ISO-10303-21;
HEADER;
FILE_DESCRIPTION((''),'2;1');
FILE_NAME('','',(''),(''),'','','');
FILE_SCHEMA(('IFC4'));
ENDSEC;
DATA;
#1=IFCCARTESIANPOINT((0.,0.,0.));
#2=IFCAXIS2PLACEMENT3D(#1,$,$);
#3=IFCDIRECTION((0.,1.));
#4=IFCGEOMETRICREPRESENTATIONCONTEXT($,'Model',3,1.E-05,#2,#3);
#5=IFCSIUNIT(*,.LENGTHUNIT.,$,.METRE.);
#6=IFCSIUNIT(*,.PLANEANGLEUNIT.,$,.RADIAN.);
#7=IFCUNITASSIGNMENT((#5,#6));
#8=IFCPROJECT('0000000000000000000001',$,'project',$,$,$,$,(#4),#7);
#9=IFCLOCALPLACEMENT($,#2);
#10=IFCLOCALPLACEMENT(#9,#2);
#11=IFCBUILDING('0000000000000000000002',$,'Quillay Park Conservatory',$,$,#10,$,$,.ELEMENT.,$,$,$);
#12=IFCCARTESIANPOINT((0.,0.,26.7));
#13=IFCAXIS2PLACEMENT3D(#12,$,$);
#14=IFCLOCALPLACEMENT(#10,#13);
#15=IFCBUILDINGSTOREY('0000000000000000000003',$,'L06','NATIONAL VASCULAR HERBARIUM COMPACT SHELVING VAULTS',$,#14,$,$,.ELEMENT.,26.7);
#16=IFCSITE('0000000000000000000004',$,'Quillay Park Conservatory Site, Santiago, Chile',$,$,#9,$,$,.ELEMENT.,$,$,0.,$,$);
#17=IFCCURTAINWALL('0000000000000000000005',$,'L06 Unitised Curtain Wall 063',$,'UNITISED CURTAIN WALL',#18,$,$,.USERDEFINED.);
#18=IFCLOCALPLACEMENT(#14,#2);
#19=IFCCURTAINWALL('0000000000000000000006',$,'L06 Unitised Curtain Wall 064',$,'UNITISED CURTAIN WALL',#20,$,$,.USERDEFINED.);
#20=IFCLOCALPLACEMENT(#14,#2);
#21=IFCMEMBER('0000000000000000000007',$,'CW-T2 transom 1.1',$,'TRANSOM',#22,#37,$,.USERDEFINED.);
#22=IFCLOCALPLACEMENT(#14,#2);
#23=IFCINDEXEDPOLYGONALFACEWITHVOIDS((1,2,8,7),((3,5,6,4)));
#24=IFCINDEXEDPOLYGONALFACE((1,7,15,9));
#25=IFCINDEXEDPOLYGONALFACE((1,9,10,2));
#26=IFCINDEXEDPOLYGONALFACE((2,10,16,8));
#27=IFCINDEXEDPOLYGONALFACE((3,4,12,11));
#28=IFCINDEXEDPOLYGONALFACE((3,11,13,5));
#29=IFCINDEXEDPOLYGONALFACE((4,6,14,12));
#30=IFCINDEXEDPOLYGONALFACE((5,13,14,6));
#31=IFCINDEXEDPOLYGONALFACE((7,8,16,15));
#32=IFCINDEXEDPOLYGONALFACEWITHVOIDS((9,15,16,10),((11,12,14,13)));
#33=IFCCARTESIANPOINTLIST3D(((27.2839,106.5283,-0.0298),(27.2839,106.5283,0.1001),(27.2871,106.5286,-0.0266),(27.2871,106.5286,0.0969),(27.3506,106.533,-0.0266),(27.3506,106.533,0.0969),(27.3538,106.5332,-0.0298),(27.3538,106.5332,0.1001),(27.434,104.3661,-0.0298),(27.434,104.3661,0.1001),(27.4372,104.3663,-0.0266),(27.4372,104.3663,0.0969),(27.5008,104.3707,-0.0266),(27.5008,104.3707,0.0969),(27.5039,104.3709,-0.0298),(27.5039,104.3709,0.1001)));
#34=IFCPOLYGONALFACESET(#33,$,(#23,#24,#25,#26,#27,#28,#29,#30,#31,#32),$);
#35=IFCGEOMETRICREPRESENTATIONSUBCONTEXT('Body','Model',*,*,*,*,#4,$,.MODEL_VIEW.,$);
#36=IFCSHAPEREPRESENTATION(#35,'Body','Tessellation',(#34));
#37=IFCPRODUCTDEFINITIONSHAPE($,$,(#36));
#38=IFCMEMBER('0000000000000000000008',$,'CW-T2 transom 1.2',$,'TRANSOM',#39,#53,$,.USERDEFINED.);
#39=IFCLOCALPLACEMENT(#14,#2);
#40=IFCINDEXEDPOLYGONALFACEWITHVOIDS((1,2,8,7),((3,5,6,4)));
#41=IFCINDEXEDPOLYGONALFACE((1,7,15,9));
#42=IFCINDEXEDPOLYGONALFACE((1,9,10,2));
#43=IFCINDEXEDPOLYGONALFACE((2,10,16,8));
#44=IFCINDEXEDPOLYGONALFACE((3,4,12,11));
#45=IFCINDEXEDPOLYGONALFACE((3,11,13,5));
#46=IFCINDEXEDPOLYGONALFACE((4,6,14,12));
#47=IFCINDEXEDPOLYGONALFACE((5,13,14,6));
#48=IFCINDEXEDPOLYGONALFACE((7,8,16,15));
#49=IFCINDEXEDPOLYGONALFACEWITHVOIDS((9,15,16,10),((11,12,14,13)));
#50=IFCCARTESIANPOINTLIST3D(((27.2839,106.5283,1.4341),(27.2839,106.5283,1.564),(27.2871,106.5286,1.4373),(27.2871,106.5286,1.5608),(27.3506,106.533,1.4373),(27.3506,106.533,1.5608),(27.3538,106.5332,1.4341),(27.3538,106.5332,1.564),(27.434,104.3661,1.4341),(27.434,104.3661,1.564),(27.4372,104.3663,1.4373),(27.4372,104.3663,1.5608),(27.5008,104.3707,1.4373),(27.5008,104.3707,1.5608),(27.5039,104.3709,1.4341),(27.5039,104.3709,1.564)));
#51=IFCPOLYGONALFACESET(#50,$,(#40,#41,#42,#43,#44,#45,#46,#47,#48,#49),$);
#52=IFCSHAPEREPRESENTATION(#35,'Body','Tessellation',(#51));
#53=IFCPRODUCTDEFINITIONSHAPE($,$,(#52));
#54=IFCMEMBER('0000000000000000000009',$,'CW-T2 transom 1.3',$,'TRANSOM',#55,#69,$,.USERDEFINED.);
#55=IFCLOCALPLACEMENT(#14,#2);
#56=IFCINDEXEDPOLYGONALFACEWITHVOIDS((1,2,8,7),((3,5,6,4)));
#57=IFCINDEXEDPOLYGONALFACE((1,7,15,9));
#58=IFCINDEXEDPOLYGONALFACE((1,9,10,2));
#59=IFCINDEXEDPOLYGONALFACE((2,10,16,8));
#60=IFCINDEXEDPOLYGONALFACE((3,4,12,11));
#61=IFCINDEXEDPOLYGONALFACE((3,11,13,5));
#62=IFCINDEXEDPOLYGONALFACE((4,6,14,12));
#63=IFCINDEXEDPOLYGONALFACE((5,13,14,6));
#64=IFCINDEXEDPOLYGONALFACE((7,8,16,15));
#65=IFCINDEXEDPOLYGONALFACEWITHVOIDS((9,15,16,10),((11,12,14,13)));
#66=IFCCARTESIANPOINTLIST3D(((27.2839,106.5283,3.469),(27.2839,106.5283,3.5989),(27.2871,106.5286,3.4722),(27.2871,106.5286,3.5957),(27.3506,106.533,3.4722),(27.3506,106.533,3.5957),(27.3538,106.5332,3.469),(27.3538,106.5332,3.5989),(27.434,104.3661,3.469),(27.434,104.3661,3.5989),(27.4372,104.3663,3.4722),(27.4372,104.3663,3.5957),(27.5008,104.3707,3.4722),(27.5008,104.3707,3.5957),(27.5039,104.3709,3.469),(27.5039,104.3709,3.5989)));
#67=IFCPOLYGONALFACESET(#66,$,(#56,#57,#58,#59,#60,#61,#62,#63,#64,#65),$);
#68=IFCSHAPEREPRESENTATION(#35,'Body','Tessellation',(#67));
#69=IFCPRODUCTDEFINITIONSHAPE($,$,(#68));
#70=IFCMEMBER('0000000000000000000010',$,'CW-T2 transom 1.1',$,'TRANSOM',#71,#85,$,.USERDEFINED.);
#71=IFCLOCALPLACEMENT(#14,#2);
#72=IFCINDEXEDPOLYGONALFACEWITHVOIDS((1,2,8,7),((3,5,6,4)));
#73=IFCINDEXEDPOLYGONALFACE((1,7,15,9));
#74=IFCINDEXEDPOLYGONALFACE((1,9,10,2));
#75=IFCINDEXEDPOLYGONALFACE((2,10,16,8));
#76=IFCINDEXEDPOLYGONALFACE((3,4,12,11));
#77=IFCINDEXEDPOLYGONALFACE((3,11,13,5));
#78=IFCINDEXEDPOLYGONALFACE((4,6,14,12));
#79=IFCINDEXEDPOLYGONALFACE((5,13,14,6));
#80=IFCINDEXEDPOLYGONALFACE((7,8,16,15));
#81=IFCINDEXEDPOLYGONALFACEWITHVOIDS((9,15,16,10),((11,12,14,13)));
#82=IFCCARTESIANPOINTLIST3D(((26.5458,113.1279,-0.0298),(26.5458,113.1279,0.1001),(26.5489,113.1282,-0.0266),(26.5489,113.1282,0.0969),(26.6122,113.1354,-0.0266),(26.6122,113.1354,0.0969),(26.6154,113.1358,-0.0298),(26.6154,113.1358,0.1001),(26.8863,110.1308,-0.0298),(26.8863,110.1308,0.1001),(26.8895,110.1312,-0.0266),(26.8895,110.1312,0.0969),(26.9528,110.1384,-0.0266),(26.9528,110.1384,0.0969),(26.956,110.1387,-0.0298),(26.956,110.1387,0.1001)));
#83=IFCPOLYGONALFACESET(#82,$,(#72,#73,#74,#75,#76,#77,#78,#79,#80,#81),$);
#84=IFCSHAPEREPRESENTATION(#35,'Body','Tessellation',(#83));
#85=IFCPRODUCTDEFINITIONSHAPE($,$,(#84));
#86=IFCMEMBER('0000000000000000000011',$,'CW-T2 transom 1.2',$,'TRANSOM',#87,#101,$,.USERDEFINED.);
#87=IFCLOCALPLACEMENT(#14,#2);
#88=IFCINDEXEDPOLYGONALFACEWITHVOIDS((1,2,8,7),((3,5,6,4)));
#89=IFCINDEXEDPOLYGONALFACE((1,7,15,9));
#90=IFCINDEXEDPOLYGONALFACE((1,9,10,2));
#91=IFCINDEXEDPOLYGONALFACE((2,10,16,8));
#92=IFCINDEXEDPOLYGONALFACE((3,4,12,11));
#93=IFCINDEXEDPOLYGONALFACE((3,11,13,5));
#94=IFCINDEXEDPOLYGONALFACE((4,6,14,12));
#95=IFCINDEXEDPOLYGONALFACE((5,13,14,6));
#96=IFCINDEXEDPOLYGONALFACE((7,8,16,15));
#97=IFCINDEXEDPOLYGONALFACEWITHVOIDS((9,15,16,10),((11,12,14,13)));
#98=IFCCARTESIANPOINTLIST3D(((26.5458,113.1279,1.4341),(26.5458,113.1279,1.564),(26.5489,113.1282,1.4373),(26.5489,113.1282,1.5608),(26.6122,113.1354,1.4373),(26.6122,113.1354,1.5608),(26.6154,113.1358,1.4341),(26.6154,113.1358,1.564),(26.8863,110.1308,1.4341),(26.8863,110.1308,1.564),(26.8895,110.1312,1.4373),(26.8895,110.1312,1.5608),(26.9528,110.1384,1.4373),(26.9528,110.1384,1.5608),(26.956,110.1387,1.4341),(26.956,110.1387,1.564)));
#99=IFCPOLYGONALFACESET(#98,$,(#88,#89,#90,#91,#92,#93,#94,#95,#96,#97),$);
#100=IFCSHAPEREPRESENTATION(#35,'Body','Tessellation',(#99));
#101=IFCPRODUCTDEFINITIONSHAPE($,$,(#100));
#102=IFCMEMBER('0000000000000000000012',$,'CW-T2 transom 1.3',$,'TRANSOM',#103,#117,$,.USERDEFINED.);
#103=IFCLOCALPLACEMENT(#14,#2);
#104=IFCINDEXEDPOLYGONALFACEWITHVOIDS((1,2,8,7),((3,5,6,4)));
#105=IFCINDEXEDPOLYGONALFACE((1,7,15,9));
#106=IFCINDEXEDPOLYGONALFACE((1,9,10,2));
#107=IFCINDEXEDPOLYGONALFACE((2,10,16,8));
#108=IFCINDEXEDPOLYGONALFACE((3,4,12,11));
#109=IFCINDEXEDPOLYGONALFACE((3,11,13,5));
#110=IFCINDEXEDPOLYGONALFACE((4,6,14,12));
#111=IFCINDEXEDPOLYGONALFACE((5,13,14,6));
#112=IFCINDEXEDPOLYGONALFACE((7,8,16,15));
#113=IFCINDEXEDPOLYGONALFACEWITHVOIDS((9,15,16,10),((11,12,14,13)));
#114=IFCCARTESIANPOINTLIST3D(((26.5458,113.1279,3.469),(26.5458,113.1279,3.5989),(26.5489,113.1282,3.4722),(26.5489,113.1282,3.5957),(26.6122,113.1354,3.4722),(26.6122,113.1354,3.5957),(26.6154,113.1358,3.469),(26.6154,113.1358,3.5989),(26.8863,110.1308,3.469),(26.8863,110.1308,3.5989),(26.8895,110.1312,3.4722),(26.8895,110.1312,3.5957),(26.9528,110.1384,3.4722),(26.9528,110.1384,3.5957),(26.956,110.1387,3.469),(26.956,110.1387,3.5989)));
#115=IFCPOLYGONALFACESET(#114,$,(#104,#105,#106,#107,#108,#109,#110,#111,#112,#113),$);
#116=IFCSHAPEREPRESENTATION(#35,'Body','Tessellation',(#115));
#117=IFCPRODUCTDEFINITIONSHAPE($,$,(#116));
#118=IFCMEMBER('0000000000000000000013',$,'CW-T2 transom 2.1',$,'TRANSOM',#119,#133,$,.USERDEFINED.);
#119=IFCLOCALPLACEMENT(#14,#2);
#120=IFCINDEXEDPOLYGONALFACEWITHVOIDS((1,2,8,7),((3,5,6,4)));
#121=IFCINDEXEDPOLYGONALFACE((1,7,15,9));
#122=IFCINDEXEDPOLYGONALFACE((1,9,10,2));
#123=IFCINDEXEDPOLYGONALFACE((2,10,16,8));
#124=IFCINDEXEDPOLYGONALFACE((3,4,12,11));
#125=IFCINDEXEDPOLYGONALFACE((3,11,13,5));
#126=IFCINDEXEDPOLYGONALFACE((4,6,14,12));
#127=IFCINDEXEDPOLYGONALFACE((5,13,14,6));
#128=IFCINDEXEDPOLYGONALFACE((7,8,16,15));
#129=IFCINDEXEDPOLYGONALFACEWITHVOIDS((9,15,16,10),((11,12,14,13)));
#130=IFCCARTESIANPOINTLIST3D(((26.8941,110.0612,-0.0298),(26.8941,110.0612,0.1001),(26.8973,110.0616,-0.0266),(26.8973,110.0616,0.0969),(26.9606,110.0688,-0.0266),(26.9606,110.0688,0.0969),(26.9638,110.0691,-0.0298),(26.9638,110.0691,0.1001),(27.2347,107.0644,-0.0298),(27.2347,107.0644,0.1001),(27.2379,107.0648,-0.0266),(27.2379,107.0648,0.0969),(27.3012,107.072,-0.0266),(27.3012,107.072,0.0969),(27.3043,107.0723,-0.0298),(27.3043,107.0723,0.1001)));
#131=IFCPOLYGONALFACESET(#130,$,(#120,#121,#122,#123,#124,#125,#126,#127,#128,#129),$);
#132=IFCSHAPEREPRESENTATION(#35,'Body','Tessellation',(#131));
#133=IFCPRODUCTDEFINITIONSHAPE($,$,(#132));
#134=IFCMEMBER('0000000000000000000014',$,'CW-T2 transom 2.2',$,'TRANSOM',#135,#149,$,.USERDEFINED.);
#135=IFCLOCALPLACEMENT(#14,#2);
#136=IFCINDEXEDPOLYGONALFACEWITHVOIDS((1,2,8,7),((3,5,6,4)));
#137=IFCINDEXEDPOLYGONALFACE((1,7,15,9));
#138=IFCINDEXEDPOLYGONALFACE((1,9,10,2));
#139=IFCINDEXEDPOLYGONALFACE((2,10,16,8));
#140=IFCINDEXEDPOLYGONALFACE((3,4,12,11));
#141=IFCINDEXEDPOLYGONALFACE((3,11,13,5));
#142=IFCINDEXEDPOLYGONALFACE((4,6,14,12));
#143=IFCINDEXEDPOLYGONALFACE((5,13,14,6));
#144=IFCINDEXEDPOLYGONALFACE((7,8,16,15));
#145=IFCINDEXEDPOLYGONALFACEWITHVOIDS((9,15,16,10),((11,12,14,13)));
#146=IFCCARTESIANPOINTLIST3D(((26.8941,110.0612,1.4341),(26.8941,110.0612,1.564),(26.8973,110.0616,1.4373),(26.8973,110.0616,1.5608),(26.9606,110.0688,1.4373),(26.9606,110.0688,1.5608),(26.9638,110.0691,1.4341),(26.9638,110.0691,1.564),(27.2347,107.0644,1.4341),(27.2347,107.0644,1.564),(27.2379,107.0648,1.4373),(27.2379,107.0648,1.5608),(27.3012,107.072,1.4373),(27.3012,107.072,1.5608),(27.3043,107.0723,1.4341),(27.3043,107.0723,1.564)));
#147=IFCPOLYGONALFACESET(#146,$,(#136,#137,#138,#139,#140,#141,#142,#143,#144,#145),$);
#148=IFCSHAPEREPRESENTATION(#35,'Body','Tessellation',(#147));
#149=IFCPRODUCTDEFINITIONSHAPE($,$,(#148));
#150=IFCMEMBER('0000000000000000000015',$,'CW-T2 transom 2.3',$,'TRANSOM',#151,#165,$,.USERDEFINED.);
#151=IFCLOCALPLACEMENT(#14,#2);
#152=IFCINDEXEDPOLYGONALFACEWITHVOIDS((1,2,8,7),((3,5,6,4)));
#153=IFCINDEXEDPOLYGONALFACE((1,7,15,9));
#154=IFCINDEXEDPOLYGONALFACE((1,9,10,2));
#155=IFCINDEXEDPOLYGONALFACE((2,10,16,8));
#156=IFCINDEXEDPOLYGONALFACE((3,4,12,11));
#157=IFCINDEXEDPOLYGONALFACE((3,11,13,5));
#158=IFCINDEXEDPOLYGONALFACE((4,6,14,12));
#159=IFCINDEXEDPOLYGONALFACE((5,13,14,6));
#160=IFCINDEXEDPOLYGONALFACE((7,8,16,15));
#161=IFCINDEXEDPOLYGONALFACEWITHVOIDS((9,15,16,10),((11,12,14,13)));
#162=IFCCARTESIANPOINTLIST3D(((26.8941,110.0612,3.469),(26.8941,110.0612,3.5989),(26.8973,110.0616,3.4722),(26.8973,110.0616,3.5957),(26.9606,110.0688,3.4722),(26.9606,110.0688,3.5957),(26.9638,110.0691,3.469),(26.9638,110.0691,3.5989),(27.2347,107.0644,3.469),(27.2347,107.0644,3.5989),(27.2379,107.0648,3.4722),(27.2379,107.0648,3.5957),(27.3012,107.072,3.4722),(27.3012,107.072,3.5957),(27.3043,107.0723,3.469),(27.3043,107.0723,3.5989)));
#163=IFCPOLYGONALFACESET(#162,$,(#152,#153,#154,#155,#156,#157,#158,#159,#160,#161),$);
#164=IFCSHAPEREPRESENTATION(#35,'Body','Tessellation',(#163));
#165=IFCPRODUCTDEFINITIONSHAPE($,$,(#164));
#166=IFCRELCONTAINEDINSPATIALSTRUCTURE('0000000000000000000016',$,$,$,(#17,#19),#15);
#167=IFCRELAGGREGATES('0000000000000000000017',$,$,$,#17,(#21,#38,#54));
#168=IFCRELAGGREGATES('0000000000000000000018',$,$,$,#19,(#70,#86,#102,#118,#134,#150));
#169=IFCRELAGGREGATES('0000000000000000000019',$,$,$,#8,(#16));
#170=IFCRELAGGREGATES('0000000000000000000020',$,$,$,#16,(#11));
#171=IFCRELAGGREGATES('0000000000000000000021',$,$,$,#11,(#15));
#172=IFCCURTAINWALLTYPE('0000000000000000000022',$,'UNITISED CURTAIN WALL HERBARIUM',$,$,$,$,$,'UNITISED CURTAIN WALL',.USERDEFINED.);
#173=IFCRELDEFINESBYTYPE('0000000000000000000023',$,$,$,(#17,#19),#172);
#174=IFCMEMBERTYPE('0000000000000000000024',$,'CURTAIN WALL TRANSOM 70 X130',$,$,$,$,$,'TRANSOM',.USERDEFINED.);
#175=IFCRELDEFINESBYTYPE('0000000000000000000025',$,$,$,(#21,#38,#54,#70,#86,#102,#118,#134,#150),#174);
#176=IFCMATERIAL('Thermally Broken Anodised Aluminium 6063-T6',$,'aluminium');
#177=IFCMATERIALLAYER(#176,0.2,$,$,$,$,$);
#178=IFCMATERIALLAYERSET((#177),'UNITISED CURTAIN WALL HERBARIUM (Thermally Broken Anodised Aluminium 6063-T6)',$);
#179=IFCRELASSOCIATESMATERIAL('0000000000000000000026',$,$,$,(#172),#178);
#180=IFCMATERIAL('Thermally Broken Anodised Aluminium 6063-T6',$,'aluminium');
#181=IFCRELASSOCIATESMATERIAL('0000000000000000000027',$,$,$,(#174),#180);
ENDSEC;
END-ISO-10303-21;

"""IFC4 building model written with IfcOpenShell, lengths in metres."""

from ifc_helpers import new_model, si_unit, direction, frame, origin, origin_2d, place, context, subcontext, project, spatial, hollow_rectangle, extrude, material, layer, layer_set, material_profile, profile_set, type_object, element, aggregate, save


model = new_model("IFC4")

# Units and contexts
model_context = context("Model", 3, precision=1e-05, world=origin(), true_north=direction((0.0, 1.0)))
body_context = subcontext(model_context, "Body", "Model", "MODEL_VIEW")
ifc_project = project(units=[si_unit("LENGTHUNIT", "METRE"), si_unit("PLANEANGLEUNIT", "RADIAN")], contexts=[model_context])

# Site, building, storey
site_placement = place(None, origin())
site = spatial("IfcSite", under=ifc_project, at=site_placement, Name="Quillay Park Conservatory Site, Santiago, Chile", CompositionType="ELEMENT", RefElevation=0.0)
building_placement = place(site_placement, origin())
building = spatial("IfcBuilding", under=site, at=building_placement, Name="Quillay Park Conservatory", CompositionType="ELEMENT")
storey_placement = place(building_placement, frame((0.0, 0.0, 26.7)))
storey = spatial("IfcBuildingStorey", under=building, at=storey_placement, Name="L06", Description="NATIONAL VASCULAR HERBARIUM COMPACT SHELVING VAULTS", CompositionType="ELEMENT", Elevation=26.7)

# Curtain wall
ifc_material_1 = material(Name="Thermally Broken Anodised Aluminium 6063-T6", Category="aluminium")
ifc_layer_1 = layer(ifc_material_1, 0.2)
ifc_layer_set_1 = layer_set([ifc_layer_1], Name="UNITISED CURTAIN WALL HERBARIUM (Thermally Broken Anodised Aluminium 6063-T6)")
curtain_wall_type = type_object("IfcCurtainWallType", Name="UNITISED CURTAIN WALL HERBARIUM", ElementType="UNITISED CURTAIN WALL", PredefinedType="USERDEFINED", material=ifc_layer_set_1)
curtain_wall_1_placement = place(storey_placement, origin())
curtain_wall_1 = element("IfcCurtainWall", 1, at=curtain_wall_1_placement, inside=storey, type_object=curtain_wall_type, Name="L06 Unitised Curtain Wall 063", ObjectType="UNITISED CURTAIN WALL", PredefinedType="USERDEFINED")

# Curtain wall
curtain_wall_2_placement = place(storey_placement, origin())
curtain_wall_2 = element("IfcCurtainWall", 2, at=curtain_wall_2_placement, inside=storey, type_object=curtain_wall_type, Name="L06 Unitised Curtain Wall 064", ObjectType="UNITISED CURTAIN WALL", PredefinedType="USERDEFINED")

# Members
ifc_material_2 = material(Name="Thermally Broken Anodised Aluminium 6063-T6", Category="aluminium")
ifc_material_profile_1 = material_profile(ifc_material_2, hollow_rectangle(XDim=0.0701, YDim=0.1299, WallThickness=0.0032, at=origin_2d()), Name="AL70x130x3.2")
ifc_profile_set_1 = profile_set([ifc_material_profile_1], Name="Thermally Broken Anodised Aluminium 6063-T6")
member_type_1 = type_object("IfcMemberType", Name="CURTAIN WALL TRANSOM 70 X130", ElementType="TRANSOM", PredefinedType="USERDEFINED", material=ifc_profile_set_1)
member_1_placement = place(storey_placement, frame((27.3188, 106.5308, 0.0352), z_axis=(0.06927, -0.997598, 0.0), x_axis=(0.997598, 0.06927, 0.0)))
member_1 = element("IfcMember", 3, at=member_1_placement, type_object=member_type_1, Name="CW-T2 transom 1.1", ObjectType="TRANSOM", PredefinedType="USERDEFINED", context=body_context, shape_type="SweptSolid", body=[
    extrude(hollow_rectangle(XDim=0.0701, YDim=0.1299, WallThickness=0.0032, at=origin_2d()), origin(), (0.0, 0.0, 1.0), 2.1675),
])
member_2_placement = place(storey_placement, frame((27.3188, 106.5308, 1.499), z_axis=(0.06927, -0.997598, 0.0), x_axis=(0.997598, 0.06927, 0.0)))
member_2 = element("IfcMember", 4, at=member_2_placement, type_object=member_type_1, Name="CW-T2 transom 1.2", ObjectType="TRANSOM", PredefinedType="USERDEFINED", context=body_context, shape_type="SweptSolid", body=[
    extrude(hollow_rectangle(XDim=0.0701, YDim=0.1299, WallThickness=0.0032, at=origin_2d()), origin(), (0.0, 0.0, 1.0), 2.1675),
])
member_3_placement = place(storey_placement, frame((27.3188, 106.5308, 3.5339), z_axis=(0.06927, -0.997598, 0.0), x_axis=(0.997598, 0.06927, 0.0)))
member_3 = element("IfcMember", 5, at=member_3_placement, type_object=member_type_1, Name="CW-T2 transom 1.3", ObjectType="TRANSOM", PredefinedType="USERDEFINED", context=body_context, shape_type="SweptSolid", body=[
    extrude(hollow_rectangle(XDim=0.0701, YDim=0.1299, WallThickness=0.0032, at=origin_2d()), origin(), (0.0, 0.0, 1.0), 2.1675),
])
member_4_placement = place(storey_placement, frame((26.5806, 113.1318, 0.0352), z_axis=(0.11291, -0.993605, 0.0), x_axis=(0.993605, 0.11291, 0.0)))
member_4 = element("IfcMember", 6, at=member_4_placement, type_object=member_type_1, Name="CW-T2 transom 1.1", ObjectType="TRANSOM", PredefinedType="USERDEFINED", context=body_context, shape_type="SweptSolid", body=[
    extrude(hollow_rectangle(XDim=0.0701, YDim=0.1299, WallThickness=0.0032, at=origin_2d()), origin(), (0.0, 0.0, 1.0), 3.0164),
])
member_5_placement = place(storey_placement, frame((26.5806, 113.1318, 1.499), z_axis=(0.11291, -0.993605, 0.0), x_axis=(0.993605, 0.11291, 0.0)))
member_5 = element("IfcMember", 7, at=member_5_placement, type_object=member_type_1, Name="CW-T2 transom 1.2", ObjectType="TRANSOM", PredefinedType="USERDEFINED", context=body_context, shape_type="SweptSolid", body=[
    extrude(hollow_rectangle(XDim=0.0701, YDim=0.1299, WallThickness=0.0032, at=origin_2d()), origin(), (0.0, 0.0, 1.0), 3.0164),
])
member_6_placement = place(storey_placement, frame((26.5806, 113.1318, 3.5339), z_axis=(0.11291, -0.993605, 0.0), x_axis=(0.993605, 0.11291, 0.0)))
member_6 = element("IfcMember", 8, at=member_6_placement, type_object=member_type_1, Name="CW-T2 transom 1.3", ObjectType="TRANSOM", PredefinedType="USERDEFINED", context=body_context, shape_type="SweptSolid", body=[
    extrude(hollow_rectangle(XDim=0.0701, YDim=0.1299, WallThickness=0.0032, at=origin_2d()), origin(), (0.0, 0.0, 1.0), 3.0164),
])
member_7_placement = place(storey_placement, frame((26.929, 110.0652, 0.0352), z_axis=(0.112919, -0.993604, 0.0), x_axis=(0.993604, 0.112919, 0.0)))
member_7 = element("IfcMember", 9, at=member_7_placement, type_object=member_type_1, Name="CW-T2 transom 2.1", ObjectType="TRANSOM", PredefinedType="USERDEFINED", context=body_context, shape_type="SweptSolid", body=[
    extrude(hollow_rectangle(XDim=0.0701, YDim=0.1299, WallThickness=0.0032, at=origin_2d()), origin(), (0.0, 0.0, 1.0), 3.0161),
])
member_8_placement = place(storey_placement, frame((26.929, 110.0652, 1.499), z_axis=(0.112919, -0.993604, 0.0), x_axis=(0.993604, 0.112919, 0.0)))
member_8 = element("IfcMember", 10, at=member_8_placement, type_object=member_type_1, Name="CW-T2 transom 2.2", ObjectType="TRANSOM", PredefinedType="USERDEFINED", context=body_context, shape_type="SweptSolid", body=[
    extrude(hollow_rectangle(XDim=0.0701, YDim=0.1299, WallThickness=0.0032, at=origin_2d()), origin(), (0.0, 0.0, 1.0), 3.0161),
])
member_9_placement = place(storey_placement, frame((26.929, 110.0652, 3.5339), z_axis=(0.112919, -0.993604, 0.0), x_axis=(0.993604, 0.112919, 0.0)))
member_9 = element("IfcMember", 11, at=member_9_placement, type_object=member_type_1, Name="CW-T2 transom 2.3", ObjectType="TRANSOM", PredefinedType="USERDEFINED", context=body_context, shape_type="SweptSolid", body=[
    extrude(hollow_rectangle(XDim=0.0701, YDim=0.1299, WallThickness=0.0032, at=origin_2d()), origin(), (0.0, 0.0, 1.0), 3.0161),
])

aggregate(curtain_wall_1, [member_1, member_2, member_3])
aggregate(curtain_wall_2, [member_4, member_5, member_6, member_7, member_8, member_9])

save(model, "model.ifc")
